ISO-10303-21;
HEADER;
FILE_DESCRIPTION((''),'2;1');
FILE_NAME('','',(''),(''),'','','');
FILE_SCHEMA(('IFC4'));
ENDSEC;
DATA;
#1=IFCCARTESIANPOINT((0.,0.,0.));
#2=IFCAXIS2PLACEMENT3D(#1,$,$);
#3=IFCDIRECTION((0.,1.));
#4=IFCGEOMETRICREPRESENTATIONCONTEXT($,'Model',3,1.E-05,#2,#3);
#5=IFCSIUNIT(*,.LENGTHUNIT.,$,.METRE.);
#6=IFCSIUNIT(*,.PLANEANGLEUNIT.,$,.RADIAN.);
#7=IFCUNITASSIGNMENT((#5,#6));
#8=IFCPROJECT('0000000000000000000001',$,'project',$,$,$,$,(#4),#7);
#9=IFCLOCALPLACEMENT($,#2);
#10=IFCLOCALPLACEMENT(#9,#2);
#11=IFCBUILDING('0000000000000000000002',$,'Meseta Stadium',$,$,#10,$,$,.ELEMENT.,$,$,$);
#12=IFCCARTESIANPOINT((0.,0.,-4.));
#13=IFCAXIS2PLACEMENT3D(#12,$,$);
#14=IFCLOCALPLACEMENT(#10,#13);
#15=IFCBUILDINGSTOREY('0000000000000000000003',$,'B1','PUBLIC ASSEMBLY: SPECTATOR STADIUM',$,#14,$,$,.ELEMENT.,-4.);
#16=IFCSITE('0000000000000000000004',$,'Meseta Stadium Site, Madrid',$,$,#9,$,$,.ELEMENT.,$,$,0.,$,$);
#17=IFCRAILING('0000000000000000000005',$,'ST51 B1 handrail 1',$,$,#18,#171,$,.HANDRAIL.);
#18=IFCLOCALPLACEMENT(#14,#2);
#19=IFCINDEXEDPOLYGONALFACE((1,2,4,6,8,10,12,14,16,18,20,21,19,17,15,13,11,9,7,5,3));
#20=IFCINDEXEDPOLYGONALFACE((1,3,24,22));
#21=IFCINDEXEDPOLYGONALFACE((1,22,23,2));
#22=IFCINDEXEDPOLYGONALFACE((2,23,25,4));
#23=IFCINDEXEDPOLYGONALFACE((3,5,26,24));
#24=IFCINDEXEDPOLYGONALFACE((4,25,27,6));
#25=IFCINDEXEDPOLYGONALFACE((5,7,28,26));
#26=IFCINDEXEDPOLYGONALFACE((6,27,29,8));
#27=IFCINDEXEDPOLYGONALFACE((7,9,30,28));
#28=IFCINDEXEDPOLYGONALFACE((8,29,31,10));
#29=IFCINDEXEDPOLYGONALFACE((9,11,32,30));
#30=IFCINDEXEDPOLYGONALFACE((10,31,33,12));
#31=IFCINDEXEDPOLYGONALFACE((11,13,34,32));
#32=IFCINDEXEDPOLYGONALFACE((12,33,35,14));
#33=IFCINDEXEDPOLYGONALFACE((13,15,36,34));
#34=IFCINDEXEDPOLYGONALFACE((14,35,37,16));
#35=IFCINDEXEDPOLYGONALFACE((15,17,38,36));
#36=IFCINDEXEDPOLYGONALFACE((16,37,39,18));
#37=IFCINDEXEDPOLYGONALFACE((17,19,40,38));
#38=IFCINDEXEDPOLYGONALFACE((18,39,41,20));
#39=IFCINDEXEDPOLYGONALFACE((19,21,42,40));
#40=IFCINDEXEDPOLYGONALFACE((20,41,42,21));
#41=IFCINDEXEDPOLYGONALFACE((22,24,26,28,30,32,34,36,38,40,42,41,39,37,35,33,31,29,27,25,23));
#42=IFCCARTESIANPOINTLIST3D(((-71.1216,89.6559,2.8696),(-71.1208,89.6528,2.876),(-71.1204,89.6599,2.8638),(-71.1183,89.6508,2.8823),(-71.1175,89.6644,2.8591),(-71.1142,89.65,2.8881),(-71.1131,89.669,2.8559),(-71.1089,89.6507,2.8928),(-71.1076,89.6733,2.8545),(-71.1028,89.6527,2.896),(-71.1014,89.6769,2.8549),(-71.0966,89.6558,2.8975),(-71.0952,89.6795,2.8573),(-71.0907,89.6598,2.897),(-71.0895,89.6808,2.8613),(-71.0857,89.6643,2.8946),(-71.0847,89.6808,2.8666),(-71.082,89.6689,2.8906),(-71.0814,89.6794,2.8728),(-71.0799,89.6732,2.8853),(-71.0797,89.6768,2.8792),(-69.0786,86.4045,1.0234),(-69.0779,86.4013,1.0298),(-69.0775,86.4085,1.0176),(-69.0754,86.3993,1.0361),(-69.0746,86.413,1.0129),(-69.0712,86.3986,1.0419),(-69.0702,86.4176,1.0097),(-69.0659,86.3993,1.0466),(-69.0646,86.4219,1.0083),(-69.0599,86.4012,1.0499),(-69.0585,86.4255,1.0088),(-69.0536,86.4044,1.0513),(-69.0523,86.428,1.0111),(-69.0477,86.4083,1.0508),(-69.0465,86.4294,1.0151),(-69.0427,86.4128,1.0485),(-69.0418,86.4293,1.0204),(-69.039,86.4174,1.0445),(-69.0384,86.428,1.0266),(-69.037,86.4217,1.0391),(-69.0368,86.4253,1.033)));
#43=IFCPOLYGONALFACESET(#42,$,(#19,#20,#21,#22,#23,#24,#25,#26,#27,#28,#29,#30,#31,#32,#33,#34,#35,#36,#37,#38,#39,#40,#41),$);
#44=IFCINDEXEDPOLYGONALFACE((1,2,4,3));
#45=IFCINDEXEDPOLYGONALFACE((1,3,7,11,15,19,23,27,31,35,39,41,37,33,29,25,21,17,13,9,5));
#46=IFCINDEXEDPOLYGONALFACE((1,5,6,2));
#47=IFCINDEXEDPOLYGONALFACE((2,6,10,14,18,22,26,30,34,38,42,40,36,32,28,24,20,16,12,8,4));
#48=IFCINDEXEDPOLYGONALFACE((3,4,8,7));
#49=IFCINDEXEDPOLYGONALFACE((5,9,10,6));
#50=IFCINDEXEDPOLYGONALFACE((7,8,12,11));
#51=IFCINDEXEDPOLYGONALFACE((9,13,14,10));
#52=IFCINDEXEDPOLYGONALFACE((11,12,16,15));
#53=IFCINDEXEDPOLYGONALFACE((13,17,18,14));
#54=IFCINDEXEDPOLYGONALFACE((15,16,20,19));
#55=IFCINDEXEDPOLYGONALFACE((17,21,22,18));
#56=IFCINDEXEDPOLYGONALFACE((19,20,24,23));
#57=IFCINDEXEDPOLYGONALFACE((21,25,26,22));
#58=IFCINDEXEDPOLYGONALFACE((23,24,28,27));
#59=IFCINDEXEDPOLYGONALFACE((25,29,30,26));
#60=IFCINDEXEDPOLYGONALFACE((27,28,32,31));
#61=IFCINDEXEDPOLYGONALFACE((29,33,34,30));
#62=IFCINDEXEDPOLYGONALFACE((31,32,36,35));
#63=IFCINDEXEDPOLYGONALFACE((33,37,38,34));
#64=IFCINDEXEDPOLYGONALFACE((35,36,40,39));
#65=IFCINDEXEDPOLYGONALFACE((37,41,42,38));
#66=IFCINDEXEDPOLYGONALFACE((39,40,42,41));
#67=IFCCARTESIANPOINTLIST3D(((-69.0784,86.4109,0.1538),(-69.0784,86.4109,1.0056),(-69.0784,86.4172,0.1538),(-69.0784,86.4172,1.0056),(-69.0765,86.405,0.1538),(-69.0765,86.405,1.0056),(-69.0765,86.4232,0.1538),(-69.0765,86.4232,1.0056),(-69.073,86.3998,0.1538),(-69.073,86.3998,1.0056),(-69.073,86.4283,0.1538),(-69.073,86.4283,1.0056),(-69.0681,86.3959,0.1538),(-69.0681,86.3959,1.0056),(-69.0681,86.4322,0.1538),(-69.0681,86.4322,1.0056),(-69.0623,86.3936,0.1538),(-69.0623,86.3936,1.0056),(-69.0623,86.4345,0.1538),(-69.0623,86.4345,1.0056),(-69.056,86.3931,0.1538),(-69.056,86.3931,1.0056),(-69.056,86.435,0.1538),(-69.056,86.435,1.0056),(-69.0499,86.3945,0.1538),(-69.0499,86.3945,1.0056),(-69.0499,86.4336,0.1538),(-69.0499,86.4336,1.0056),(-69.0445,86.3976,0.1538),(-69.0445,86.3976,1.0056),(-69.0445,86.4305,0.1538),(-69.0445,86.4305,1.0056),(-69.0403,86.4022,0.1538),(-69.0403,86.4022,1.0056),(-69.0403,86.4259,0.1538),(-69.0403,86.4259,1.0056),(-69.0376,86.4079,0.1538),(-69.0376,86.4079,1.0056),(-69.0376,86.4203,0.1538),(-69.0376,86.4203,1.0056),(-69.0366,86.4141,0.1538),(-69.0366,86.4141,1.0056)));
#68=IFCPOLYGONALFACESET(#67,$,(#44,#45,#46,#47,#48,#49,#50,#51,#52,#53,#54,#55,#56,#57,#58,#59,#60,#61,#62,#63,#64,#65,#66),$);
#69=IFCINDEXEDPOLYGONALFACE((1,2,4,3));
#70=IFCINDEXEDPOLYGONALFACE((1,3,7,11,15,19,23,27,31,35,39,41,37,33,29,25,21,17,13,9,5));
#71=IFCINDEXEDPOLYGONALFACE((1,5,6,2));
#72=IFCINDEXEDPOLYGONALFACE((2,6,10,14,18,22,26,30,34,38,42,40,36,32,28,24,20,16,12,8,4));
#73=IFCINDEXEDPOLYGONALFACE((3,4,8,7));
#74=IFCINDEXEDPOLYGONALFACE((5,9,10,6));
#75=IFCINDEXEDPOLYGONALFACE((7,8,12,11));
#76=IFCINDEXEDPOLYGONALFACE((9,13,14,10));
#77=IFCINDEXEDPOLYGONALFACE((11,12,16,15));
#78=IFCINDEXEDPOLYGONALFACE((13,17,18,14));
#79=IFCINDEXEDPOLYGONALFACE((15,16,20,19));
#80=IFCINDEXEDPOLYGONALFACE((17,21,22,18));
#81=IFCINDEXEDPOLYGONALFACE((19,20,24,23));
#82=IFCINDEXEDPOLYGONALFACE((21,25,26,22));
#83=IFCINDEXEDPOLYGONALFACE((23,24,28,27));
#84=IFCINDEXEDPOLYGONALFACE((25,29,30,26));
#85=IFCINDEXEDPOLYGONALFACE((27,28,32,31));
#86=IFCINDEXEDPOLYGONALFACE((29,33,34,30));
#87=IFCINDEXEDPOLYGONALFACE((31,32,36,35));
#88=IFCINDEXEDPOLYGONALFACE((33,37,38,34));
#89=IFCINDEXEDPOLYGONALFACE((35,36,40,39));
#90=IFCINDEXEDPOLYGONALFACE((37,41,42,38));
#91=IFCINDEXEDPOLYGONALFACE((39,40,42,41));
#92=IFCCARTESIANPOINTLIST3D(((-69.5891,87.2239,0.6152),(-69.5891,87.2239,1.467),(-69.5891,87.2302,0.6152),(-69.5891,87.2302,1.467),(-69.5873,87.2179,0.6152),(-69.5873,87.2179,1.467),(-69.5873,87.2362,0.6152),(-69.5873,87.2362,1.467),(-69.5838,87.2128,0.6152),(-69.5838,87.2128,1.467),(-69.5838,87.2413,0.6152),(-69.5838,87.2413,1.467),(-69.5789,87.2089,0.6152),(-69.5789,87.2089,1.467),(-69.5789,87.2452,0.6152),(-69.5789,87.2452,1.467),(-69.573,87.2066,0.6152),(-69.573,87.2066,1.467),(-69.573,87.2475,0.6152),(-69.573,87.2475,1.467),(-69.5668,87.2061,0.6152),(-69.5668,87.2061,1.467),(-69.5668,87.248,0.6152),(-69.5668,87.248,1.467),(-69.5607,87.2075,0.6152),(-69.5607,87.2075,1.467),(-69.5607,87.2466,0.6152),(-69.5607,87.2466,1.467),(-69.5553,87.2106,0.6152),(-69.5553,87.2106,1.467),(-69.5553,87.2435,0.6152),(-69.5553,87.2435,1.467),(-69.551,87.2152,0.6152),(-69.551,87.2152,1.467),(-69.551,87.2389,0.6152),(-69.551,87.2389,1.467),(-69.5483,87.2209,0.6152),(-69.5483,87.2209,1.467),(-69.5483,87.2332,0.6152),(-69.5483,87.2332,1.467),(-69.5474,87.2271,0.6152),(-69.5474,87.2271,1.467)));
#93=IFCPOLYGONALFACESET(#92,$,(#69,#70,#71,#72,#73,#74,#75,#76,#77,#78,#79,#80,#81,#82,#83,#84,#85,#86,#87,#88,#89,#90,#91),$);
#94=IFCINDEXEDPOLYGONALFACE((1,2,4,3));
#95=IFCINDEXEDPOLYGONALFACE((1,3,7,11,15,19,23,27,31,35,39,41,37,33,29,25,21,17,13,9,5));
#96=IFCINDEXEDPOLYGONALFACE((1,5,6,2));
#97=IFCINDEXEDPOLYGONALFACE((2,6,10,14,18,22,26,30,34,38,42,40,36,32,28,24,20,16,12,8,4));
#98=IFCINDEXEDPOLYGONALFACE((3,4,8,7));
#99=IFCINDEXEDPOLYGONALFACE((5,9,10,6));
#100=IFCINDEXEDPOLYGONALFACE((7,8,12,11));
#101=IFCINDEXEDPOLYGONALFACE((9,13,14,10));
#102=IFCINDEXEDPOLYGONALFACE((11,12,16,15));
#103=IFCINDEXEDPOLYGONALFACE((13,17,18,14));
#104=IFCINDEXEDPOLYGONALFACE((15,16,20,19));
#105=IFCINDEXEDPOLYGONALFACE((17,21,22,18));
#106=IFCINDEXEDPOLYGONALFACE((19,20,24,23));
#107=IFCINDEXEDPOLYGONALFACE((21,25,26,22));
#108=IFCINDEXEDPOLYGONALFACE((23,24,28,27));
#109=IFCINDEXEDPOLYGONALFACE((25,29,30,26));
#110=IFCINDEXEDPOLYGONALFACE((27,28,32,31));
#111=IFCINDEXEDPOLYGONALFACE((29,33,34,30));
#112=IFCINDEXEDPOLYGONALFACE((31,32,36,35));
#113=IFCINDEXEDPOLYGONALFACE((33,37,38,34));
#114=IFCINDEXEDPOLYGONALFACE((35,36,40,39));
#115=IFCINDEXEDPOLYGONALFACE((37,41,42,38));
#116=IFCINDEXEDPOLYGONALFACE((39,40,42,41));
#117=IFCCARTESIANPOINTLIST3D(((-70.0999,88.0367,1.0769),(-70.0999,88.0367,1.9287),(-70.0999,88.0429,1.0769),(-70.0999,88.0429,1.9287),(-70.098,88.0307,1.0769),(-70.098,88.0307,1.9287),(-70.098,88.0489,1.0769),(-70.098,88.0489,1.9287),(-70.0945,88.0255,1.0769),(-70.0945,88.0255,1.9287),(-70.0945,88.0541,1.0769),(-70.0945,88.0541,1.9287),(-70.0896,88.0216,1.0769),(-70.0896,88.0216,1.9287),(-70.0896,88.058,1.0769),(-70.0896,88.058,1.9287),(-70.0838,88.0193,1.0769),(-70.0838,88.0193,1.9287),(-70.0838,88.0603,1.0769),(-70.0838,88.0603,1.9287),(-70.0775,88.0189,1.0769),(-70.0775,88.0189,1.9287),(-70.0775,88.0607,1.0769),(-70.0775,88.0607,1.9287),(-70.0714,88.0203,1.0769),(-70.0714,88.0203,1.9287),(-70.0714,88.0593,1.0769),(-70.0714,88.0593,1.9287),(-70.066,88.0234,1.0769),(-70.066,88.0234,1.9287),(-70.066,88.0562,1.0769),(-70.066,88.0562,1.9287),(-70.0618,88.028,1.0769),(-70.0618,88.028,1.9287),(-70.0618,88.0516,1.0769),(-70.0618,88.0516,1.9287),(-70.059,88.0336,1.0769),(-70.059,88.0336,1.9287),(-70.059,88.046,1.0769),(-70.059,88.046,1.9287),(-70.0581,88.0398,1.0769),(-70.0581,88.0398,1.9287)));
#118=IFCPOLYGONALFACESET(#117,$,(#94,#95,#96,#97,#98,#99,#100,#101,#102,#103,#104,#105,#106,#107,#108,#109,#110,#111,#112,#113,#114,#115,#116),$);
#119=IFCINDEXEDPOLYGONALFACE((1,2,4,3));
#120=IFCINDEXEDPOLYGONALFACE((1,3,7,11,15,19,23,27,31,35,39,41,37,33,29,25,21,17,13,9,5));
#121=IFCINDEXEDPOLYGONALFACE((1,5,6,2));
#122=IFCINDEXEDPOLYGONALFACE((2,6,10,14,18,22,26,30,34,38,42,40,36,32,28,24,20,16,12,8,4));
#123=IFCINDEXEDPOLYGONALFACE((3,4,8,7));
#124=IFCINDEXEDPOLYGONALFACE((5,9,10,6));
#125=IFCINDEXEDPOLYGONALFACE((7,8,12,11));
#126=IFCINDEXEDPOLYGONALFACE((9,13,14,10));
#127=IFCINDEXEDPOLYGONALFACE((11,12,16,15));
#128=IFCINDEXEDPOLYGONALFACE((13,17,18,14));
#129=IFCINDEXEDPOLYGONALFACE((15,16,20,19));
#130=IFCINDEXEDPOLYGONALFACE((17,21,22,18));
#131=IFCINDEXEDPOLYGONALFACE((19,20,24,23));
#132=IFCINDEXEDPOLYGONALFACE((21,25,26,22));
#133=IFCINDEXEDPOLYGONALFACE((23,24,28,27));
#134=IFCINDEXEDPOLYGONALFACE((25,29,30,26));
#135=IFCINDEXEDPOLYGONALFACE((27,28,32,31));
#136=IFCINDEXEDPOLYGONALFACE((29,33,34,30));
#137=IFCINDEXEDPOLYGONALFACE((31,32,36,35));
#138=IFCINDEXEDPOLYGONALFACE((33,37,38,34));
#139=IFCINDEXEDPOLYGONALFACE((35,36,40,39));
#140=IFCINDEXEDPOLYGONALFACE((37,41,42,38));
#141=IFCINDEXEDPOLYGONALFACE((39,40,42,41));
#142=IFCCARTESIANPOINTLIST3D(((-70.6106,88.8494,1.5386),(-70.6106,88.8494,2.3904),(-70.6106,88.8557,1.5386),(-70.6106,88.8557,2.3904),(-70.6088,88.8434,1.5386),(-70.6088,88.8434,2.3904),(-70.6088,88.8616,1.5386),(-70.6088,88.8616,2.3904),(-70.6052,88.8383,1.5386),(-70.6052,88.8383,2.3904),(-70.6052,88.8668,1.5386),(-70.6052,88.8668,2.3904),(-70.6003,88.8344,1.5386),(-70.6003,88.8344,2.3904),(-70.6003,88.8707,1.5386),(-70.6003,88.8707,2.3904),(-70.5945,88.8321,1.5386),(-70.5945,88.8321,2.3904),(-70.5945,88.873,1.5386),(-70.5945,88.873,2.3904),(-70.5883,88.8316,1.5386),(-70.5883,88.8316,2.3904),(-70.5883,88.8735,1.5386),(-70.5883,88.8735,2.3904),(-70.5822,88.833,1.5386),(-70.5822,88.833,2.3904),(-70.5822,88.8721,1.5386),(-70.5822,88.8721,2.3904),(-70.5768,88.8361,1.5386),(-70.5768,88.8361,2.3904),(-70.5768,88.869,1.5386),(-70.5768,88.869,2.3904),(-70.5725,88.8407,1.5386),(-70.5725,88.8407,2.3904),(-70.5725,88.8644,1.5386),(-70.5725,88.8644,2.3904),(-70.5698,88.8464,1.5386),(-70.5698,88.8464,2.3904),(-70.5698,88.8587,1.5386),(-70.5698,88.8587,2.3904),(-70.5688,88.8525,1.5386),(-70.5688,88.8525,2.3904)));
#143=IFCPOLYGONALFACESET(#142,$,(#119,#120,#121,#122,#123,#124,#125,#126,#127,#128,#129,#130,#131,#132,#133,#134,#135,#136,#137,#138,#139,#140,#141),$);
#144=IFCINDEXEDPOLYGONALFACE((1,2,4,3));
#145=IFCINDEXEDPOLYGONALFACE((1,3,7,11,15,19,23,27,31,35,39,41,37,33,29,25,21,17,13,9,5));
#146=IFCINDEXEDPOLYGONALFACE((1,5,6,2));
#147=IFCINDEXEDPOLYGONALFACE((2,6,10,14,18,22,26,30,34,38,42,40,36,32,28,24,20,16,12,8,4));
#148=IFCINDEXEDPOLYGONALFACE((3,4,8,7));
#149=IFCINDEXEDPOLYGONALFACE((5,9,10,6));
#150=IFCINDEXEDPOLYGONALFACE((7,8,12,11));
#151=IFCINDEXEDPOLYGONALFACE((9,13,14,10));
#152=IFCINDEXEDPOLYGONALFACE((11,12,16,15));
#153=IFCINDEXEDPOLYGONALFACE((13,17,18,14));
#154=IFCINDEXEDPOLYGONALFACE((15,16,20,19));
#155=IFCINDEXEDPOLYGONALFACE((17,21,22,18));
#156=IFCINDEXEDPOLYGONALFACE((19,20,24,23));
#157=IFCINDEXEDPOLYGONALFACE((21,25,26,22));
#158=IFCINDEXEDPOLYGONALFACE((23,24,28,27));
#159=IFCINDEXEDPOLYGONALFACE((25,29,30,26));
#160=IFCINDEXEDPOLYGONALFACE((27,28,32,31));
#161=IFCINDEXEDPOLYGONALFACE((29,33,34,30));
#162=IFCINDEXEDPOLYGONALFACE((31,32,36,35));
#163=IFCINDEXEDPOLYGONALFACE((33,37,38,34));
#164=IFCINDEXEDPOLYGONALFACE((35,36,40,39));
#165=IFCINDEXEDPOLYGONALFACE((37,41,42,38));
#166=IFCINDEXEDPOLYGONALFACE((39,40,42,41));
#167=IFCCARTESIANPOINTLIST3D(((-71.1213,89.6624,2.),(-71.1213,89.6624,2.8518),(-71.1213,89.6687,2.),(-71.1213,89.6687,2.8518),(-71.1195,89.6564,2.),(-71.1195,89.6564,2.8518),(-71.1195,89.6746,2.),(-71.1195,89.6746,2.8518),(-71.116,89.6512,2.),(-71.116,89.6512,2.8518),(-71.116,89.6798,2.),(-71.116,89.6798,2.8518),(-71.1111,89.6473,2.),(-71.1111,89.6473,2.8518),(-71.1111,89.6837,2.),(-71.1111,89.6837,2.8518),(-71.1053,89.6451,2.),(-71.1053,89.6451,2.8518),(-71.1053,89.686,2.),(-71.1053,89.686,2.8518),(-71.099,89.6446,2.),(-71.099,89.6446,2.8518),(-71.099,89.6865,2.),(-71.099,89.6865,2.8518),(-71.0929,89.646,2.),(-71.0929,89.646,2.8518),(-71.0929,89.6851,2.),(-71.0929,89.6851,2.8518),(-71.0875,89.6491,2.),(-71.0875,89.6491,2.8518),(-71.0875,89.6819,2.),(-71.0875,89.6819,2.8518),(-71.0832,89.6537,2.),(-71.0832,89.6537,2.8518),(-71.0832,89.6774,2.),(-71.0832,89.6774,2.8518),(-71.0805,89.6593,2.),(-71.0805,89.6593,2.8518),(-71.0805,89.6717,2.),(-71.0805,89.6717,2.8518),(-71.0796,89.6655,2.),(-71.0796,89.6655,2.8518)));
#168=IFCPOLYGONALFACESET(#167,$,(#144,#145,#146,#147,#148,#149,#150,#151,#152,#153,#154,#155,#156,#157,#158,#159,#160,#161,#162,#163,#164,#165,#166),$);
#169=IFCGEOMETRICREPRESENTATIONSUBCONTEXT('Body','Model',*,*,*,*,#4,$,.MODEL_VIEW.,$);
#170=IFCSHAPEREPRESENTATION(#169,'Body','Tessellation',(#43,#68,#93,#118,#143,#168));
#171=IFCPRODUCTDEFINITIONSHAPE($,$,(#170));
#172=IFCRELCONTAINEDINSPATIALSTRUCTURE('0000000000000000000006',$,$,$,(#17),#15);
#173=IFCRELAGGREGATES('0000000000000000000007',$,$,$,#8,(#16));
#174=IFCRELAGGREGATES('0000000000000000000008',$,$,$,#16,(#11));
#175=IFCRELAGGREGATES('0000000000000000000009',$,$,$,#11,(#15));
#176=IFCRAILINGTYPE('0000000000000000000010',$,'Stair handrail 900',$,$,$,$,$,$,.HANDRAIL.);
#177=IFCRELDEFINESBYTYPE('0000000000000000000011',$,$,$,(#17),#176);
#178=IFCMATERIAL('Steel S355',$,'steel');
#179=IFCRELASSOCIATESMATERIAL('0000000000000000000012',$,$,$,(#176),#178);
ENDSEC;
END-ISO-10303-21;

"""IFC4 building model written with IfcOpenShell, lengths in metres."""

from ifc_helpers import new_model, si_unit, direction, frame, origin, origin_2d, place, context, subcontext, project, spatial, circle, extrude, material, type_object, element, save


model = new_model("IFC4")

# Units and contexts
model_context = context("Model", 3, precision=1e-05, world=origin(), true_north=direction((0.0, 1.0)))
body_context = subcontext(model_context, "Body", "Model", "MODEL_VIEW")
ifc_project = project(units=[si_unit("LENGTHUNIT", "METRE"), si_unit("PLANEANGLEUNIT", "RADIAN")], contexts=[model_context])

# Site, building, storey
site_placement = place(None, origin())
site = spatial("IfcSite", under=ifc_project, at=site_placement, Name="Meseta Stadium Site, Madrid", CompositionType="ELEMENT", RefElevation=0.0)
building_placement = place(site_placement, origin())
building = spatial("IfcBuilding", under=site, at=building_placement, Name="Meseta Stadium", CompositionType="ELEMENT")
storey_placement = place(building_placement, frame((0.0, 0.0, -4.0)))
storey = spatial("IfcBuildingStorey", under=building, at=storey_placement, Name="B1", Description="PUBLIC ASSEMBLY: SPECTATOR STADIUM", CompositionType="ELEMENT", Elevation=-4.0)

# Railing
ifc_material_1 = material(Name="Steel S355", Category="steel")
railing_type_1 = type_object("IfcRailingType", Name="Stair handrail 900", PredefinedType="HANDRAIL", material=ifc_material_1)
railing_1_placement = place(storey_placement, frame((-69.0576, 86.4141, 0.1538)))
element("IfcRailing", 1, at=railing_1_placement, inside=storey, type_object=railing_type_1, Name="ST51 B1 handrail 1", PredefinedType="HANDRAIL", context=body_context, shape_type="SweptSolid", body=[
    extrude(circle(Radius=0.0239, at=origin_2d()), frame((0.0, 0.0, 0.876), z_axis=(-0.479483, 0.763117, 0.4333), x_axis=(-0.846731, -0.53202, 0.0)), (0.0, 0.0, 1.0), 4.2607),
    extrude(circle(Radius=0.021, at=origin_2d()), origin(), (0.0, 0.0, 1.0), 0.8518),
    extrude(circle(Radius=0.021, at=origin_2d()), frame((-0.5107, 0.813, 0.4614)), (0.0, 0.0, 1.0), 0.8518),
    extrude(circle(Radius=0.021, at=origin_2d()), frame((-1.0215, 1.6257, 0.9231)), (0.0, 0.0, 1.0), 0.8518),
    extrude(circle(Radius=0.021, at=origin_2d()), frame((-1.5322, 2.4385, 1.3848)), (0.0, 0.0, 1.0), 0.8518),
    extrude(circle(Radius=0.021, at=origin_2d()), frame((-2.043, 3.2515, 1.8462)), (0.0, 0.0, 1.0), 0.8518),
])

save(model, "model.ifc")
